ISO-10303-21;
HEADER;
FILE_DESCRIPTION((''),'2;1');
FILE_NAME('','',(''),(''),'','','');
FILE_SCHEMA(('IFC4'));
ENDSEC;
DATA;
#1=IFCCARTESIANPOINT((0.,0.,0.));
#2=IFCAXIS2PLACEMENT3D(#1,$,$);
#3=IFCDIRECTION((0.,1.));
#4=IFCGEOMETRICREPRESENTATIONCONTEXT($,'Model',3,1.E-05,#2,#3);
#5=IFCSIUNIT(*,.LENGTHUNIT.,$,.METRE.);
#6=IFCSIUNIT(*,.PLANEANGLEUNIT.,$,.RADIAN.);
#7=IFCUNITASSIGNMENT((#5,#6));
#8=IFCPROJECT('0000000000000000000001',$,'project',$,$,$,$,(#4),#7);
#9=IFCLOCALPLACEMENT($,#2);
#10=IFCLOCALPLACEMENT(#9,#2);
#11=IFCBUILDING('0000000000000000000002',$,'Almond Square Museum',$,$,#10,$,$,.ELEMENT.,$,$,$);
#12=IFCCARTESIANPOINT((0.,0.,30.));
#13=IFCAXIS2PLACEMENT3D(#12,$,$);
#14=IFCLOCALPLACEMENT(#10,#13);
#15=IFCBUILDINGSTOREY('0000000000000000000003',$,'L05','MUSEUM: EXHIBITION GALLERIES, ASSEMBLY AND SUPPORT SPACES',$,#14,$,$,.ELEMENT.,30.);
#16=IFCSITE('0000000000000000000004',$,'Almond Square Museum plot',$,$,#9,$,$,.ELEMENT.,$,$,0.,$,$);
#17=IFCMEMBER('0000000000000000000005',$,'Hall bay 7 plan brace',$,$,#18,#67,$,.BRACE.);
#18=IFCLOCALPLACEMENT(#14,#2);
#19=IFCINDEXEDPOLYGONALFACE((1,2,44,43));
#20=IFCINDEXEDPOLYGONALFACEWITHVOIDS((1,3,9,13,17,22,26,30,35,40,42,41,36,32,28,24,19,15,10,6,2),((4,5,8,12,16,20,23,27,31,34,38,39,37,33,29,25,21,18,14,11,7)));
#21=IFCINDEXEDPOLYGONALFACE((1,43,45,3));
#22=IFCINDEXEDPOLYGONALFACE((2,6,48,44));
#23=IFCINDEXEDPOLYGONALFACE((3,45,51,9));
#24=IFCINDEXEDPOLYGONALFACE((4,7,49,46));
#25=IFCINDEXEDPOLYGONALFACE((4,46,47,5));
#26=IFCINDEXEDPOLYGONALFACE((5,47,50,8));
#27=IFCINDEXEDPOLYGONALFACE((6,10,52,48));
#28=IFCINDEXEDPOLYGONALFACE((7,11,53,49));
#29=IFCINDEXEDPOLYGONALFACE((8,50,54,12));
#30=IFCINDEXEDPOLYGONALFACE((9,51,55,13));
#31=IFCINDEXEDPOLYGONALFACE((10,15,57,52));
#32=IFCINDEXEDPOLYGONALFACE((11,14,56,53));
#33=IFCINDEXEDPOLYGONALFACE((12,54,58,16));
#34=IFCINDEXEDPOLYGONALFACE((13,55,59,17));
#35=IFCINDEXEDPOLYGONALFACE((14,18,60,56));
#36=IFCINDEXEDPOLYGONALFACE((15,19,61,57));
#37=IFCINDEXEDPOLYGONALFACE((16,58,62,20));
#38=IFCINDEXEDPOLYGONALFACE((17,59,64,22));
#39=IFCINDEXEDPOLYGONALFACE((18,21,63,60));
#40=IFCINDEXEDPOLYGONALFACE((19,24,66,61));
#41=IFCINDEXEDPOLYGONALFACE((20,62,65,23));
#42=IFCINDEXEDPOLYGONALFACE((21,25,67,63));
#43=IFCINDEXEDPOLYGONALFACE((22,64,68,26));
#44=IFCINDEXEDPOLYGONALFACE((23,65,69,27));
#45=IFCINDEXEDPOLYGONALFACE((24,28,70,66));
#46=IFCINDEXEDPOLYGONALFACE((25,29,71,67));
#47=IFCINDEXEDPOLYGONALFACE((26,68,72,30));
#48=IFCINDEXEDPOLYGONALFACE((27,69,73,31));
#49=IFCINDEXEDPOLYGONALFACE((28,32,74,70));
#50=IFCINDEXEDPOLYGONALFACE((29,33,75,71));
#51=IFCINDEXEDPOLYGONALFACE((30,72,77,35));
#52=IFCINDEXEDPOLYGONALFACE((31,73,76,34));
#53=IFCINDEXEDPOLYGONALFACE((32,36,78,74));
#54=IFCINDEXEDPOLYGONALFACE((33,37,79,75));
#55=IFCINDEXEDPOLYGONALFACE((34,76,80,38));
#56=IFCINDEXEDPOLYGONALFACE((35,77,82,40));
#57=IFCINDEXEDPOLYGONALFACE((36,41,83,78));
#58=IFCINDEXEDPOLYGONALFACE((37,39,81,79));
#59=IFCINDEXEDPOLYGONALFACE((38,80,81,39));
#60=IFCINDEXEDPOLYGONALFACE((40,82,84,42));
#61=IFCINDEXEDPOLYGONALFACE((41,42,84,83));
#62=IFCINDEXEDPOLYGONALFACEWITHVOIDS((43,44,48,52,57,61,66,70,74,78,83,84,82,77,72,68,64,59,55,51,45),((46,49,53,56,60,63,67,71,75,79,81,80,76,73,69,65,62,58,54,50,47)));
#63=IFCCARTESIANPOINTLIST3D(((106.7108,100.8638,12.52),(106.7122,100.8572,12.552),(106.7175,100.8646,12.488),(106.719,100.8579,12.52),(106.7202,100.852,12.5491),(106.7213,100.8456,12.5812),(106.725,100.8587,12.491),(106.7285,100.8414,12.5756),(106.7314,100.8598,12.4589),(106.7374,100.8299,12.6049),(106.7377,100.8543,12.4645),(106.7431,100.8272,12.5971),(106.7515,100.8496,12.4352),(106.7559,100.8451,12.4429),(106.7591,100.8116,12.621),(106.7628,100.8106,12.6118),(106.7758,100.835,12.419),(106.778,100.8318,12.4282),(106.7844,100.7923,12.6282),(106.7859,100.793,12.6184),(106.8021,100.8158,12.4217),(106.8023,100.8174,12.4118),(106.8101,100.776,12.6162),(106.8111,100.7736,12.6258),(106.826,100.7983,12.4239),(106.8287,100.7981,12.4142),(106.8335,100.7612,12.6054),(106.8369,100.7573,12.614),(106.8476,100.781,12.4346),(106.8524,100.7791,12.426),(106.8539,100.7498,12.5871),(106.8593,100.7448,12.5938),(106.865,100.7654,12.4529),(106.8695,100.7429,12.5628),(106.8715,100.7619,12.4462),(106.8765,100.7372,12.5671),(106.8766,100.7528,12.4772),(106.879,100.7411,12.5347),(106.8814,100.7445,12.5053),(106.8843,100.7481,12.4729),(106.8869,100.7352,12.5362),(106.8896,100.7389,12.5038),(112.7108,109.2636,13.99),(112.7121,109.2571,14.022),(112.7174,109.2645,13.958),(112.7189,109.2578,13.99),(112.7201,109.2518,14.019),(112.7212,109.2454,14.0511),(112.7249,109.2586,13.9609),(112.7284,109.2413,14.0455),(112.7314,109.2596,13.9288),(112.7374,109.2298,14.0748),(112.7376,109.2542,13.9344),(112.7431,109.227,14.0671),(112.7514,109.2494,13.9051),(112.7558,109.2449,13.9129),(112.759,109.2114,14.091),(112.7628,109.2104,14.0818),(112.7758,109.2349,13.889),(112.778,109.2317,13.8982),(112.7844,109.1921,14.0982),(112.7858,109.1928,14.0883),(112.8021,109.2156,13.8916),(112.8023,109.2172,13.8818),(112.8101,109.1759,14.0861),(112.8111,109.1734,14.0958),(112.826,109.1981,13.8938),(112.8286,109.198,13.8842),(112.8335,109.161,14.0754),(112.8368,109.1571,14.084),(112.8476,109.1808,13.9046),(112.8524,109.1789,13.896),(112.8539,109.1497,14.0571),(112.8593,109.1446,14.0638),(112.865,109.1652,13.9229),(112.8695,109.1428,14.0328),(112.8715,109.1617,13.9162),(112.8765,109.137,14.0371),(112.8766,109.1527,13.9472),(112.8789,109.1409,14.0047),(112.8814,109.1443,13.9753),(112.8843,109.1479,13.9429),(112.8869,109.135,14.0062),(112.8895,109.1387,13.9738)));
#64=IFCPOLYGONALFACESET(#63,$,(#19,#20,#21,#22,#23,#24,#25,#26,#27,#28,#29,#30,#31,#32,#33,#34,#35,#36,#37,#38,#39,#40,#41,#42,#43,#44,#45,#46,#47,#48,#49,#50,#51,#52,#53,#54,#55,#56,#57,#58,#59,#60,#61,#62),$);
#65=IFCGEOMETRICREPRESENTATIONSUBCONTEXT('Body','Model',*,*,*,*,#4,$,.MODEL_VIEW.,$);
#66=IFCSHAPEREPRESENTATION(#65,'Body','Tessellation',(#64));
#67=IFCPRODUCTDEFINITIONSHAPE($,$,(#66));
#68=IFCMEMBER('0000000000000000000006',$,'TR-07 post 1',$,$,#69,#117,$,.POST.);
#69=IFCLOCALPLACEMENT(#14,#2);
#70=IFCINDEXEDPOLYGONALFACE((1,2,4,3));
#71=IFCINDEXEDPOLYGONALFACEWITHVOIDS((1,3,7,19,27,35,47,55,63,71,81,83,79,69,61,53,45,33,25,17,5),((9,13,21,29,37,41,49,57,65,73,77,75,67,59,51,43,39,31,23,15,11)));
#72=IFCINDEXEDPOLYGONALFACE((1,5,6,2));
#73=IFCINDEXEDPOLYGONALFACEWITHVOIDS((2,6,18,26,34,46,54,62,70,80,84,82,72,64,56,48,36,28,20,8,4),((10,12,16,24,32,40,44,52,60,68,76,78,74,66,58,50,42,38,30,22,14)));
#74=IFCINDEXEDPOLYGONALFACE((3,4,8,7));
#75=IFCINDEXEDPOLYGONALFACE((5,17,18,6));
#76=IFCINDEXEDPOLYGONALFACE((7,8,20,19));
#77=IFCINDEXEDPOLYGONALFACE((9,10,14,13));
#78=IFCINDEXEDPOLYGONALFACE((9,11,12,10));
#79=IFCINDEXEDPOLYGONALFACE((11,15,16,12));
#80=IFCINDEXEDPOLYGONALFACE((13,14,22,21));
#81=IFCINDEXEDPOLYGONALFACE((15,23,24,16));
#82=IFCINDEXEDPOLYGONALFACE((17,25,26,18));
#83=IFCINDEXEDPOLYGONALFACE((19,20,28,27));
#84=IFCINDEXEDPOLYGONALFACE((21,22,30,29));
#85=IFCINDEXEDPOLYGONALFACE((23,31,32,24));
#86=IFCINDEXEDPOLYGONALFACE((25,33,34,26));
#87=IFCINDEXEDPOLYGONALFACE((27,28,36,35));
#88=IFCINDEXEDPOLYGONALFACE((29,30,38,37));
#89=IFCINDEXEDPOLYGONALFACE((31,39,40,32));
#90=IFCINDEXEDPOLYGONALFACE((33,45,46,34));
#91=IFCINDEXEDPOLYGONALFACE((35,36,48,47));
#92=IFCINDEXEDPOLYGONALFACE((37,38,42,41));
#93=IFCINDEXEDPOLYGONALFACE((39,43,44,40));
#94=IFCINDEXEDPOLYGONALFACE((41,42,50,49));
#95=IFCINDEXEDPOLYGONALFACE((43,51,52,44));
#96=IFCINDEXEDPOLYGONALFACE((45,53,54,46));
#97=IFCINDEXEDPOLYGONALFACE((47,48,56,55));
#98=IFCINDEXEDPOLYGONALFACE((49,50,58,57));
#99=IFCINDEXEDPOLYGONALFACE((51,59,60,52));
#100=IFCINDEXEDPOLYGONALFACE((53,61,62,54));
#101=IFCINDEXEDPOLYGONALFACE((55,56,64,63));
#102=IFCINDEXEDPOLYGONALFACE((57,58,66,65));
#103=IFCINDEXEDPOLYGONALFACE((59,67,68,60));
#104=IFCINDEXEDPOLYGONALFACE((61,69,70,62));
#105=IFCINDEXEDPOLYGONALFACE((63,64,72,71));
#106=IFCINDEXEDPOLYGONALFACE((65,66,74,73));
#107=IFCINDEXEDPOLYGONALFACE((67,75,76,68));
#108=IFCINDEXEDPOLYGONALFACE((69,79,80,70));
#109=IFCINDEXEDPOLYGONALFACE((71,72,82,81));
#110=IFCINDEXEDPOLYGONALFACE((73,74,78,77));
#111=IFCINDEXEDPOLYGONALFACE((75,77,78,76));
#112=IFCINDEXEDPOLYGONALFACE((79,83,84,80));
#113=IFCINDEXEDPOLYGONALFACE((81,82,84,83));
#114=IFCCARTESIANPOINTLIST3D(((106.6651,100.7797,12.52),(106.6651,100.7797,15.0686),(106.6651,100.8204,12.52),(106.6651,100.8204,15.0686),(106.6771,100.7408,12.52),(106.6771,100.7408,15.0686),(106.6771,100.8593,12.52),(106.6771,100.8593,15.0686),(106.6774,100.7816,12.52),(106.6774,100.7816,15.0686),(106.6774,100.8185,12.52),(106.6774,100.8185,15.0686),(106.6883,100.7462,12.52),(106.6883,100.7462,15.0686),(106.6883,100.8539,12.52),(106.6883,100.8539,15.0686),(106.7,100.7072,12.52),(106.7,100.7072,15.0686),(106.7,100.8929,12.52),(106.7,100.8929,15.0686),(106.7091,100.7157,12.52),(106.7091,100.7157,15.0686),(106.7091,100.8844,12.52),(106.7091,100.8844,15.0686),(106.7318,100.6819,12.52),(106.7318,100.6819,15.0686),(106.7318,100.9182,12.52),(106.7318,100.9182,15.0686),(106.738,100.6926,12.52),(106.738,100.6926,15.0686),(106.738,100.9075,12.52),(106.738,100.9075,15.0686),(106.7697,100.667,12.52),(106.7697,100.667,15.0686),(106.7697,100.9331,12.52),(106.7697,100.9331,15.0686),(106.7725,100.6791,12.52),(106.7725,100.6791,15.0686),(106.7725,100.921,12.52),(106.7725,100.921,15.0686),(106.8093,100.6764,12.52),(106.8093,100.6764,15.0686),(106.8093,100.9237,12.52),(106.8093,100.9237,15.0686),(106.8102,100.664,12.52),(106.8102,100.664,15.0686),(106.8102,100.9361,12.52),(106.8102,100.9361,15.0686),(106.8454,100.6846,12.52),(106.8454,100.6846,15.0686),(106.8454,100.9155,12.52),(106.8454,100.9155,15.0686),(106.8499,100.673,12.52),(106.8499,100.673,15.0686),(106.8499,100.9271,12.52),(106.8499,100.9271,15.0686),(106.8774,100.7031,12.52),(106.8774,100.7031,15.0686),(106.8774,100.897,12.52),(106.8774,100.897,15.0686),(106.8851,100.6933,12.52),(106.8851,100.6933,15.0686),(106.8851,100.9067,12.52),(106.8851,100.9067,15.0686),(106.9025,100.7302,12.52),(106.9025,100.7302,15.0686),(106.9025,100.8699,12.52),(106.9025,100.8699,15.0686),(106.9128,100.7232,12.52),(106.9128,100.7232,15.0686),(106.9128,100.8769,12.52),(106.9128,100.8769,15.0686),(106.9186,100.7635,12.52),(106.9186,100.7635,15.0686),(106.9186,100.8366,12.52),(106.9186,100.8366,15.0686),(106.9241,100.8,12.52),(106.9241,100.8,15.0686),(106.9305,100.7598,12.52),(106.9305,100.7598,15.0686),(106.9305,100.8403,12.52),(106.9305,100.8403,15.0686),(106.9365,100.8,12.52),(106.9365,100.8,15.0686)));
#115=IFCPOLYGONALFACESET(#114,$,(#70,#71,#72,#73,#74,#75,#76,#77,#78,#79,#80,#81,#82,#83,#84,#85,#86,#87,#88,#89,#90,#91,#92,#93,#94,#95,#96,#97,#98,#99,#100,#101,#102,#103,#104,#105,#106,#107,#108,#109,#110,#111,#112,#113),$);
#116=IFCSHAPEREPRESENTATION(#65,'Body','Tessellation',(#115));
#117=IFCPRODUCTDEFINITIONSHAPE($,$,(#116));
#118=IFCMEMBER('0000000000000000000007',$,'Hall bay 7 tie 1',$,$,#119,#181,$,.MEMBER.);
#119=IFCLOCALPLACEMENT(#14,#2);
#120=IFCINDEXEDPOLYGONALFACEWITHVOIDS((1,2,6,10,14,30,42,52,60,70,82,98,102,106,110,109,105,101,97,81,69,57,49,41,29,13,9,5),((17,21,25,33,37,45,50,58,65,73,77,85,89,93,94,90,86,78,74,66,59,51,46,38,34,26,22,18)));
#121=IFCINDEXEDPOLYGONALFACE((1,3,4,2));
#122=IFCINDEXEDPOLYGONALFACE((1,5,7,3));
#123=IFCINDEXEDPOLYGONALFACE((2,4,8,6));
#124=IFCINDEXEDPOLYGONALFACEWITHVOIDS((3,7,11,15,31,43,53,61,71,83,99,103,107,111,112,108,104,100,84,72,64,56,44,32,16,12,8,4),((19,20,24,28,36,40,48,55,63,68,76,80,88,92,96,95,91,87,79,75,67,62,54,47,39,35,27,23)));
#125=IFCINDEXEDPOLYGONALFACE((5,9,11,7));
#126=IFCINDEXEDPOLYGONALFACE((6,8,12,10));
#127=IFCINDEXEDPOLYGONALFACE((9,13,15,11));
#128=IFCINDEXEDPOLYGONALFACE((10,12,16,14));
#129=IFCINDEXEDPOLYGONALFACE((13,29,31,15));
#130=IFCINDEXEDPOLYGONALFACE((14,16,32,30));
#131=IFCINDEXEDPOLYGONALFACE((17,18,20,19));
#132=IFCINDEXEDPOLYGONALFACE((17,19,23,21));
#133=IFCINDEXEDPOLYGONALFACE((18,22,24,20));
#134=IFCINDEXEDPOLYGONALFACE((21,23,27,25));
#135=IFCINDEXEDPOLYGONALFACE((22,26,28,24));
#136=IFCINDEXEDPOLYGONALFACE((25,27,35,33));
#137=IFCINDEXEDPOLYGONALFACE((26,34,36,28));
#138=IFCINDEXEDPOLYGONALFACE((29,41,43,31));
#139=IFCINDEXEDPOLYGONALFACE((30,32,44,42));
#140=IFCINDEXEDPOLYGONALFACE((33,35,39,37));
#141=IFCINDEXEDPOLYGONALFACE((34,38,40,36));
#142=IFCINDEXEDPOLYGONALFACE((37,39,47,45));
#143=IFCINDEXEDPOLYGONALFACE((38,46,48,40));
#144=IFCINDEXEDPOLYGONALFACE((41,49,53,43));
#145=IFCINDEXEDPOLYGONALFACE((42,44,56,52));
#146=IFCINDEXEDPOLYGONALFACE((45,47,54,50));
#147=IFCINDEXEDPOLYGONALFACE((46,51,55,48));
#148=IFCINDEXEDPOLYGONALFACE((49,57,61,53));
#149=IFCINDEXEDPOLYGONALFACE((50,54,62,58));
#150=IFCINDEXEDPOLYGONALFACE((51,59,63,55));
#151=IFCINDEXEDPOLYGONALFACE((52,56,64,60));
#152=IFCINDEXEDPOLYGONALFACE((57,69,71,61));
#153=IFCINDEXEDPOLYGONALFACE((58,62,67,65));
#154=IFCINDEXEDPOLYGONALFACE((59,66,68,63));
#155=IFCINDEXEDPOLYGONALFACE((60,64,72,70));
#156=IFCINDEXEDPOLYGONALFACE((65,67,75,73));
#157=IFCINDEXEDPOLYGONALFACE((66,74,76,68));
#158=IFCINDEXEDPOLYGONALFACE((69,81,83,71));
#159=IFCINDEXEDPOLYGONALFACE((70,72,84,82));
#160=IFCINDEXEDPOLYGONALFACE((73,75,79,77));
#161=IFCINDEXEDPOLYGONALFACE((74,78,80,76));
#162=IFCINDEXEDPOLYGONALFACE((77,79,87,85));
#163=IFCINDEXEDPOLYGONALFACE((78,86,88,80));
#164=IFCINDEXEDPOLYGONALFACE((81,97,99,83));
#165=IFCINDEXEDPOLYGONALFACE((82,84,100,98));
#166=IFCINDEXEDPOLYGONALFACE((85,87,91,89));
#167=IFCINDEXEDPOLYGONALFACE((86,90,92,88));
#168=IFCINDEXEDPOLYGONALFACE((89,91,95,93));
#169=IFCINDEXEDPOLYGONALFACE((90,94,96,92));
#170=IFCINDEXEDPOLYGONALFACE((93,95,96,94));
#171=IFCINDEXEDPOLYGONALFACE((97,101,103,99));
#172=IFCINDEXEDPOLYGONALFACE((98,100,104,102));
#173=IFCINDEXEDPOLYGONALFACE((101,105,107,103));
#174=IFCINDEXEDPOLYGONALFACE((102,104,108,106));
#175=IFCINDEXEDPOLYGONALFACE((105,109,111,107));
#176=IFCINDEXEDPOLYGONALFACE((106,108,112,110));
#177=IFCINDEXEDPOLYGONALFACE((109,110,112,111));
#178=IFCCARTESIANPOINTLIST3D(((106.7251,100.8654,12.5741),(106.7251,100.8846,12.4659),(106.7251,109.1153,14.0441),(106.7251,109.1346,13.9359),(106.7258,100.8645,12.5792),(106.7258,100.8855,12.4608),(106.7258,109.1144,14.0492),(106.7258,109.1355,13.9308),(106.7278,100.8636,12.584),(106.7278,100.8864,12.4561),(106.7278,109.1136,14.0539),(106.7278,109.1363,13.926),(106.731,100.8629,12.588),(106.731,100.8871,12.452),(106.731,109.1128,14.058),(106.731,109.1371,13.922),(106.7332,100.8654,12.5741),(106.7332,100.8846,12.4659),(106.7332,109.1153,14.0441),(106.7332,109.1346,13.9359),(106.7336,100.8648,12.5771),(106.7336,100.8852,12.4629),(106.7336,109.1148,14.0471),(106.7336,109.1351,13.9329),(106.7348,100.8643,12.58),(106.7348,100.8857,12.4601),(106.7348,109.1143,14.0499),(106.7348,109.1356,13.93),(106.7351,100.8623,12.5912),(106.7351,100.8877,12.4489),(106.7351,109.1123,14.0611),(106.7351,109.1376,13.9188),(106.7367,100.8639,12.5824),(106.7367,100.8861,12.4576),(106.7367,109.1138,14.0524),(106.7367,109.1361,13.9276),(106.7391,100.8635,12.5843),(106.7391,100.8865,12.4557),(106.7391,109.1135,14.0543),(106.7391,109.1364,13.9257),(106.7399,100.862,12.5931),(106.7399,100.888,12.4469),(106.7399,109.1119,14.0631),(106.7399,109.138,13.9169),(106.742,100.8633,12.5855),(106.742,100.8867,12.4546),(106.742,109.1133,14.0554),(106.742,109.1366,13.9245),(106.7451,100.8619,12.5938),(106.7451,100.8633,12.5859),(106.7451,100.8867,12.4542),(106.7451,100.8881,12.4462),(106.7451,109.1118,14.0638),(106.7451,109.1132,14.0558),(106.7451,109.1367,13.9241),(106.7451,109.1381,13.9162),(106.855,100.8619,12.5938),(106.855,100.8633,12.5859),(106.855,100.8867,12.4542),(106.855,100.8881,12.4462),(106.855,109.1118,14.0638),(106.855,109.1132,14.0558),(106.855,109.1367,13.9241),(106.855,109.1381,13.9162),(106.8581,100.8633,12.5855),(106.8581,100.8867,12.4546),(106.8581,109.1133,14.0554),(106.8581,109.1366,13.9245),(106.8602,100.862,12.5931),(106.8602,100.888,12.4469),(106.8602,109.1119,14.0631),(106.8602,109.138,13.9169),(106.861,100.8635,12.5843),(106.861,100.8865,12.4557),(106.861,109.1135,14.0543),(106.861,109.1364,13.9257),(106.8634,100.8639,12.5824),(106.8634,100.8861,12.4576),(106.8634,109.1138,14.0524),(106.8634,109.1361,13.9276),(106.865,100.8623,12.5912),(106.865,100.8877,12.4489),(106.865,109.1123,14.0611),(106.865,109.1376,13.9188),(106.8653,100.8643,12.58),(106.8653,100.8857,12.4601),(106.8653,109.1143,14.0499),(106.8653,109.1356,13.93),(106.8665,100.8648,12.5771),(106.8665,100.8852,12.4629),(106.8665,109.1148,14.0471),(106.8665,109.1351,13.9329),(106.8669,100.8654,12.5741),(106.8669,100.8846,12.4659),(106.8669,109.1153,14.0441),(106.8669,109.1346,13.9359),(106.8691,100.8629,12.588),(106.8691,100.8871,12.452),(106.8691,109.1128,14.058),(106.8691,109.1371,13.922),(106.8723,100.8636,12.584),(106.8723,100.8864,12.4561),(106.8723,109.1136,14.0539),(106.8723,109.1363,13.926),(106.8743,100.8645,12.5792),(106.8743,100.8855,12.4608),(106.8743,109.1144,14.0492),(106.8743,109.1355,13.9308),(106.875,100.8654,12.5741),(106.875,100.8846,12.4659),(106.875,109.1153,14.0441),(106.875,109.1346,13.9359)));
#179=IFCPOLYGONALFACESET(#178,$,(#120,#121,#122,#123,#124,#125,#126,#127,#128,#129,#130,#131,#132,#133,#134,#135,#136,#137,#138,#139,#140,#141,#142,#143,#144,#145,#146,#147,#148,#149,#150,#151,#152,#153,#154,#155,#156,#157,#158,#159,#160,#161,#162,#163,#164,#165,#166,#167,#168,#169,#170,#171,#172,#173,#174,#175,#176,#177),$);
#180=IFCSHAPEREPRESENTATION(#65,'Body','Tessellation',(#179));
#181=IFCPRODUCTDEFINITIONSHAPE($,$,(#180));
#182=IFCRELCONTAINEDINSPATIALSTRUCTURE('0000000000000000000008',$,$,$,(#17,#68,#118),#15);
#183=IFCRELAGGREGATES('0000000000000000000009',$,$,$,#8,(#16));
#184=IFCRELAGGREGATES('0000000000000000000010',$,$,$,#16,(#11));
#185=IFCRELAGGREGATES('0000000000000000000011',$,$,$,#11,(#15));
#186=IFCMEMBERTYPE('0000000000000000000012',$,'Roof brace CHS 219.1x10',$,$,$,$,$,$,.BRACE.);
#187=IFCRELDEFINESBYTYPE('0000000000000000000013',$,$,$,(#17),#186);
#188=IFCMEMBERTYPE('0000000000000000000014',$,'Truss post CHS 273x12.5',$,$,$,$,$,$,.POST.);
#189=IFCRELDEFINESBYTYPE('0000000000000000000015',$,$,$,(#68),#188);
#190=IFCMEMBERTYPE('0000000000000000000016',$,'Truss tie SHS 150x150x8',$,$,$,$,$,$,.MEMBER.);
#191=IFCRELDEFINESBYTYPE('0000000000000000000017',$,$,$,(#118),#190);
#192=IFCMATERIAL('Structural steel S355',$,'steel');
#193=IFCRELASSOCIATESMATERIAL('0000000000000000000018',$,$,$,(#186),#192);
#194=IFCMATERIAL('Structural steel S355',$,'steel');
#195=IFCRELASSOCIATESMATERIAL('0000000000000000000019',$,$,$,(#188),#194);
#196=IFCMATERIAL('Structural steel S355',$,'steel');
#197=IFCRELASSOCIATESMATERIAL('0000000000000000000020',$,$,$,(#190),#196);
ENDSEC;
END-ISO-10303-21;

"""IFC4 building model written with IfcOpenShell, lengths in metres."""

from ifc_helpers import new_model, si_unit, direction, frame, origin, origin_2d, place, context, subcontext, project, spatial, hollow_rectangle, hollow_circle, extrude, material, material_profile, profile_set, type_object, element, save


model = new_model("IFC4")

# Units and contexts
model_context = context("Model", 3, precision=1e-05, world=origin(), true_north=direction((0.0, 1.0)))
body_context = subcontext(model_context, "Body", "Model", "MODEL_VIEW")
ifc_project = project(units=[si_unit("LENGTHUNIT", "METRE"), si_unit("PLANEANGLEUNIT", "RADIAN")], contexts=[model_context])

# Site, building, storey
site_placement = place(None, origin())
site = spatial("IfcSite", under=ifc_project, at=site_placement, Name="Almond Square Museum plot", CompositionType="ELEMENT", RefElevation=0.0)
building_placement = place(site_placement, origin())
building = spatial("IfcBuilding", under=site, at=building_placement, Name="Almond Square Museum", CompositionType="ELEMENT")
storey_placement = place(building_placement, frame((0.0, 0.0, 30.0)))
storey = spatial("IfcBuildingStorey", under=building, at=storey_placement, Name="L05", Description="MUSEUM: EXHIBITION GALLERIES, ASSEMBLY AND SUPPORT SPACES", CompositionType="ELEMENT", Elevation=30.0)

# Members
ifc_material_1 = material(Name="Structural steel S355", Category="steel")
ifc_material_profile_1 = material_profile(ifc_material_1, hollow_circle(Radius=0.1096, WallThickness=0.01, at=origin_2d()))
ifc_profile_set_1 = profile_set([ifc_material_profile_1], Name="Structural steel S355")
member_type_1 = type_object("IfcMemberType", Name="Roof brace CHS 219.1x10", PredefinedType="BRACE", material=ifc_profile_set_1)
member_1_placement = place(storey_placement, frame((106.8, 100.8, 12.52), z_axis=(0.575438, 0.805603, 0.140979), x_axis=(-0.81373, 0.581243, 0.0)))
element("IfcMember", 1, at=member_1_placement, inside=storey, type_object=member_type_1, Name="Hall bay 7 plan brace", PredefinedType="BRACE", context=body_context, shape_type="SweptSolid", body=[
    extrude(hollow_circle(Radius=0.1096, WallThickness=0.01, at=origin_2d()), origin(), (0.0, 0.0, 1.0), 10.4268),
])
ifc_material_2 = material(Name="Structural steel S355", Category="steel")
ifc_material_profile_2 = material_profile(ifc_material_2, hollow_circle(Radius=0.1365, WallThickness=0.0125, at=origin_2d()))
ifc_profile_set_2 = profile_set([ifc_material_profile_2], Name="Structural steel S355")
member_type_2 = type_object("IfcMemberType", Name="Truss post CHS 273x12.5", PredefinedType="POST", material=ifc_profile_set_2)
member_2_placement = place(storey_placement, frame((106.8, 100.8, 12.52), z_axis=(0.0, 0.0, 1.0), x_axis=(1.0, 0.0, 0.0)))
element("IfcMember", 2, at=member_2_placement, inside=storey, type_object=member_type_2, Name="TR-07 post 1", PredefinedType="POST", context=body_context, shape_type="SweptSolid", body=[
    extrude(hollow_circle(Radius=0.1365, WallThickness=0.0125, at=origin_2d()), origin(), (0.0, 0.0, 1.0), 2.5486),
])
ifc_material_3 = material(Name="Structural steel S355", Category="steel")
ifc_material_profile_3 = material_profile(ifc_material_3, hollow_rectangle(XDim=0.1499, YDim=0.1499, WallThickness=0.0081, InnerFilletRadius=0.012, OuterFilletRadius=0.02, at=origin_2d()))
ifc_profile_set_3 = profile_set([ifc_material_profile_3], Name="Structural steel S355")
member_type_3 = type_object("IfcMemberType", Name="Truss tie SHS 150x150x8", PredefinedType="MEMBER", material=ifc_profile_set_3)
member_3_placement = place(storey_placement, frame((106.8, 100.875, 12.52), z_axis=(0.0, 0.984494, 0.175416), x_axis=(-1.0, 0.0, 0.0)))
element("IfcMember", 3, at=member_3_placement, inside=storey, type_object=member_type_3, Name="Hall bay 7 tie 1", PredefinedType="MEMBER", context=body_context, shape_type="SweptSolid", body=[
    extrude(hollow_rectangle(XDim=0.1499, YDim=0.1499, WallThickness=0.0081, InnerFilletRadius=0.012, OuterFilletRadius=0.02, at=origin_2d()), origin(), (0.0, 0.0, 1.0), 8.3799),
])

save(model, "model.ifc")
